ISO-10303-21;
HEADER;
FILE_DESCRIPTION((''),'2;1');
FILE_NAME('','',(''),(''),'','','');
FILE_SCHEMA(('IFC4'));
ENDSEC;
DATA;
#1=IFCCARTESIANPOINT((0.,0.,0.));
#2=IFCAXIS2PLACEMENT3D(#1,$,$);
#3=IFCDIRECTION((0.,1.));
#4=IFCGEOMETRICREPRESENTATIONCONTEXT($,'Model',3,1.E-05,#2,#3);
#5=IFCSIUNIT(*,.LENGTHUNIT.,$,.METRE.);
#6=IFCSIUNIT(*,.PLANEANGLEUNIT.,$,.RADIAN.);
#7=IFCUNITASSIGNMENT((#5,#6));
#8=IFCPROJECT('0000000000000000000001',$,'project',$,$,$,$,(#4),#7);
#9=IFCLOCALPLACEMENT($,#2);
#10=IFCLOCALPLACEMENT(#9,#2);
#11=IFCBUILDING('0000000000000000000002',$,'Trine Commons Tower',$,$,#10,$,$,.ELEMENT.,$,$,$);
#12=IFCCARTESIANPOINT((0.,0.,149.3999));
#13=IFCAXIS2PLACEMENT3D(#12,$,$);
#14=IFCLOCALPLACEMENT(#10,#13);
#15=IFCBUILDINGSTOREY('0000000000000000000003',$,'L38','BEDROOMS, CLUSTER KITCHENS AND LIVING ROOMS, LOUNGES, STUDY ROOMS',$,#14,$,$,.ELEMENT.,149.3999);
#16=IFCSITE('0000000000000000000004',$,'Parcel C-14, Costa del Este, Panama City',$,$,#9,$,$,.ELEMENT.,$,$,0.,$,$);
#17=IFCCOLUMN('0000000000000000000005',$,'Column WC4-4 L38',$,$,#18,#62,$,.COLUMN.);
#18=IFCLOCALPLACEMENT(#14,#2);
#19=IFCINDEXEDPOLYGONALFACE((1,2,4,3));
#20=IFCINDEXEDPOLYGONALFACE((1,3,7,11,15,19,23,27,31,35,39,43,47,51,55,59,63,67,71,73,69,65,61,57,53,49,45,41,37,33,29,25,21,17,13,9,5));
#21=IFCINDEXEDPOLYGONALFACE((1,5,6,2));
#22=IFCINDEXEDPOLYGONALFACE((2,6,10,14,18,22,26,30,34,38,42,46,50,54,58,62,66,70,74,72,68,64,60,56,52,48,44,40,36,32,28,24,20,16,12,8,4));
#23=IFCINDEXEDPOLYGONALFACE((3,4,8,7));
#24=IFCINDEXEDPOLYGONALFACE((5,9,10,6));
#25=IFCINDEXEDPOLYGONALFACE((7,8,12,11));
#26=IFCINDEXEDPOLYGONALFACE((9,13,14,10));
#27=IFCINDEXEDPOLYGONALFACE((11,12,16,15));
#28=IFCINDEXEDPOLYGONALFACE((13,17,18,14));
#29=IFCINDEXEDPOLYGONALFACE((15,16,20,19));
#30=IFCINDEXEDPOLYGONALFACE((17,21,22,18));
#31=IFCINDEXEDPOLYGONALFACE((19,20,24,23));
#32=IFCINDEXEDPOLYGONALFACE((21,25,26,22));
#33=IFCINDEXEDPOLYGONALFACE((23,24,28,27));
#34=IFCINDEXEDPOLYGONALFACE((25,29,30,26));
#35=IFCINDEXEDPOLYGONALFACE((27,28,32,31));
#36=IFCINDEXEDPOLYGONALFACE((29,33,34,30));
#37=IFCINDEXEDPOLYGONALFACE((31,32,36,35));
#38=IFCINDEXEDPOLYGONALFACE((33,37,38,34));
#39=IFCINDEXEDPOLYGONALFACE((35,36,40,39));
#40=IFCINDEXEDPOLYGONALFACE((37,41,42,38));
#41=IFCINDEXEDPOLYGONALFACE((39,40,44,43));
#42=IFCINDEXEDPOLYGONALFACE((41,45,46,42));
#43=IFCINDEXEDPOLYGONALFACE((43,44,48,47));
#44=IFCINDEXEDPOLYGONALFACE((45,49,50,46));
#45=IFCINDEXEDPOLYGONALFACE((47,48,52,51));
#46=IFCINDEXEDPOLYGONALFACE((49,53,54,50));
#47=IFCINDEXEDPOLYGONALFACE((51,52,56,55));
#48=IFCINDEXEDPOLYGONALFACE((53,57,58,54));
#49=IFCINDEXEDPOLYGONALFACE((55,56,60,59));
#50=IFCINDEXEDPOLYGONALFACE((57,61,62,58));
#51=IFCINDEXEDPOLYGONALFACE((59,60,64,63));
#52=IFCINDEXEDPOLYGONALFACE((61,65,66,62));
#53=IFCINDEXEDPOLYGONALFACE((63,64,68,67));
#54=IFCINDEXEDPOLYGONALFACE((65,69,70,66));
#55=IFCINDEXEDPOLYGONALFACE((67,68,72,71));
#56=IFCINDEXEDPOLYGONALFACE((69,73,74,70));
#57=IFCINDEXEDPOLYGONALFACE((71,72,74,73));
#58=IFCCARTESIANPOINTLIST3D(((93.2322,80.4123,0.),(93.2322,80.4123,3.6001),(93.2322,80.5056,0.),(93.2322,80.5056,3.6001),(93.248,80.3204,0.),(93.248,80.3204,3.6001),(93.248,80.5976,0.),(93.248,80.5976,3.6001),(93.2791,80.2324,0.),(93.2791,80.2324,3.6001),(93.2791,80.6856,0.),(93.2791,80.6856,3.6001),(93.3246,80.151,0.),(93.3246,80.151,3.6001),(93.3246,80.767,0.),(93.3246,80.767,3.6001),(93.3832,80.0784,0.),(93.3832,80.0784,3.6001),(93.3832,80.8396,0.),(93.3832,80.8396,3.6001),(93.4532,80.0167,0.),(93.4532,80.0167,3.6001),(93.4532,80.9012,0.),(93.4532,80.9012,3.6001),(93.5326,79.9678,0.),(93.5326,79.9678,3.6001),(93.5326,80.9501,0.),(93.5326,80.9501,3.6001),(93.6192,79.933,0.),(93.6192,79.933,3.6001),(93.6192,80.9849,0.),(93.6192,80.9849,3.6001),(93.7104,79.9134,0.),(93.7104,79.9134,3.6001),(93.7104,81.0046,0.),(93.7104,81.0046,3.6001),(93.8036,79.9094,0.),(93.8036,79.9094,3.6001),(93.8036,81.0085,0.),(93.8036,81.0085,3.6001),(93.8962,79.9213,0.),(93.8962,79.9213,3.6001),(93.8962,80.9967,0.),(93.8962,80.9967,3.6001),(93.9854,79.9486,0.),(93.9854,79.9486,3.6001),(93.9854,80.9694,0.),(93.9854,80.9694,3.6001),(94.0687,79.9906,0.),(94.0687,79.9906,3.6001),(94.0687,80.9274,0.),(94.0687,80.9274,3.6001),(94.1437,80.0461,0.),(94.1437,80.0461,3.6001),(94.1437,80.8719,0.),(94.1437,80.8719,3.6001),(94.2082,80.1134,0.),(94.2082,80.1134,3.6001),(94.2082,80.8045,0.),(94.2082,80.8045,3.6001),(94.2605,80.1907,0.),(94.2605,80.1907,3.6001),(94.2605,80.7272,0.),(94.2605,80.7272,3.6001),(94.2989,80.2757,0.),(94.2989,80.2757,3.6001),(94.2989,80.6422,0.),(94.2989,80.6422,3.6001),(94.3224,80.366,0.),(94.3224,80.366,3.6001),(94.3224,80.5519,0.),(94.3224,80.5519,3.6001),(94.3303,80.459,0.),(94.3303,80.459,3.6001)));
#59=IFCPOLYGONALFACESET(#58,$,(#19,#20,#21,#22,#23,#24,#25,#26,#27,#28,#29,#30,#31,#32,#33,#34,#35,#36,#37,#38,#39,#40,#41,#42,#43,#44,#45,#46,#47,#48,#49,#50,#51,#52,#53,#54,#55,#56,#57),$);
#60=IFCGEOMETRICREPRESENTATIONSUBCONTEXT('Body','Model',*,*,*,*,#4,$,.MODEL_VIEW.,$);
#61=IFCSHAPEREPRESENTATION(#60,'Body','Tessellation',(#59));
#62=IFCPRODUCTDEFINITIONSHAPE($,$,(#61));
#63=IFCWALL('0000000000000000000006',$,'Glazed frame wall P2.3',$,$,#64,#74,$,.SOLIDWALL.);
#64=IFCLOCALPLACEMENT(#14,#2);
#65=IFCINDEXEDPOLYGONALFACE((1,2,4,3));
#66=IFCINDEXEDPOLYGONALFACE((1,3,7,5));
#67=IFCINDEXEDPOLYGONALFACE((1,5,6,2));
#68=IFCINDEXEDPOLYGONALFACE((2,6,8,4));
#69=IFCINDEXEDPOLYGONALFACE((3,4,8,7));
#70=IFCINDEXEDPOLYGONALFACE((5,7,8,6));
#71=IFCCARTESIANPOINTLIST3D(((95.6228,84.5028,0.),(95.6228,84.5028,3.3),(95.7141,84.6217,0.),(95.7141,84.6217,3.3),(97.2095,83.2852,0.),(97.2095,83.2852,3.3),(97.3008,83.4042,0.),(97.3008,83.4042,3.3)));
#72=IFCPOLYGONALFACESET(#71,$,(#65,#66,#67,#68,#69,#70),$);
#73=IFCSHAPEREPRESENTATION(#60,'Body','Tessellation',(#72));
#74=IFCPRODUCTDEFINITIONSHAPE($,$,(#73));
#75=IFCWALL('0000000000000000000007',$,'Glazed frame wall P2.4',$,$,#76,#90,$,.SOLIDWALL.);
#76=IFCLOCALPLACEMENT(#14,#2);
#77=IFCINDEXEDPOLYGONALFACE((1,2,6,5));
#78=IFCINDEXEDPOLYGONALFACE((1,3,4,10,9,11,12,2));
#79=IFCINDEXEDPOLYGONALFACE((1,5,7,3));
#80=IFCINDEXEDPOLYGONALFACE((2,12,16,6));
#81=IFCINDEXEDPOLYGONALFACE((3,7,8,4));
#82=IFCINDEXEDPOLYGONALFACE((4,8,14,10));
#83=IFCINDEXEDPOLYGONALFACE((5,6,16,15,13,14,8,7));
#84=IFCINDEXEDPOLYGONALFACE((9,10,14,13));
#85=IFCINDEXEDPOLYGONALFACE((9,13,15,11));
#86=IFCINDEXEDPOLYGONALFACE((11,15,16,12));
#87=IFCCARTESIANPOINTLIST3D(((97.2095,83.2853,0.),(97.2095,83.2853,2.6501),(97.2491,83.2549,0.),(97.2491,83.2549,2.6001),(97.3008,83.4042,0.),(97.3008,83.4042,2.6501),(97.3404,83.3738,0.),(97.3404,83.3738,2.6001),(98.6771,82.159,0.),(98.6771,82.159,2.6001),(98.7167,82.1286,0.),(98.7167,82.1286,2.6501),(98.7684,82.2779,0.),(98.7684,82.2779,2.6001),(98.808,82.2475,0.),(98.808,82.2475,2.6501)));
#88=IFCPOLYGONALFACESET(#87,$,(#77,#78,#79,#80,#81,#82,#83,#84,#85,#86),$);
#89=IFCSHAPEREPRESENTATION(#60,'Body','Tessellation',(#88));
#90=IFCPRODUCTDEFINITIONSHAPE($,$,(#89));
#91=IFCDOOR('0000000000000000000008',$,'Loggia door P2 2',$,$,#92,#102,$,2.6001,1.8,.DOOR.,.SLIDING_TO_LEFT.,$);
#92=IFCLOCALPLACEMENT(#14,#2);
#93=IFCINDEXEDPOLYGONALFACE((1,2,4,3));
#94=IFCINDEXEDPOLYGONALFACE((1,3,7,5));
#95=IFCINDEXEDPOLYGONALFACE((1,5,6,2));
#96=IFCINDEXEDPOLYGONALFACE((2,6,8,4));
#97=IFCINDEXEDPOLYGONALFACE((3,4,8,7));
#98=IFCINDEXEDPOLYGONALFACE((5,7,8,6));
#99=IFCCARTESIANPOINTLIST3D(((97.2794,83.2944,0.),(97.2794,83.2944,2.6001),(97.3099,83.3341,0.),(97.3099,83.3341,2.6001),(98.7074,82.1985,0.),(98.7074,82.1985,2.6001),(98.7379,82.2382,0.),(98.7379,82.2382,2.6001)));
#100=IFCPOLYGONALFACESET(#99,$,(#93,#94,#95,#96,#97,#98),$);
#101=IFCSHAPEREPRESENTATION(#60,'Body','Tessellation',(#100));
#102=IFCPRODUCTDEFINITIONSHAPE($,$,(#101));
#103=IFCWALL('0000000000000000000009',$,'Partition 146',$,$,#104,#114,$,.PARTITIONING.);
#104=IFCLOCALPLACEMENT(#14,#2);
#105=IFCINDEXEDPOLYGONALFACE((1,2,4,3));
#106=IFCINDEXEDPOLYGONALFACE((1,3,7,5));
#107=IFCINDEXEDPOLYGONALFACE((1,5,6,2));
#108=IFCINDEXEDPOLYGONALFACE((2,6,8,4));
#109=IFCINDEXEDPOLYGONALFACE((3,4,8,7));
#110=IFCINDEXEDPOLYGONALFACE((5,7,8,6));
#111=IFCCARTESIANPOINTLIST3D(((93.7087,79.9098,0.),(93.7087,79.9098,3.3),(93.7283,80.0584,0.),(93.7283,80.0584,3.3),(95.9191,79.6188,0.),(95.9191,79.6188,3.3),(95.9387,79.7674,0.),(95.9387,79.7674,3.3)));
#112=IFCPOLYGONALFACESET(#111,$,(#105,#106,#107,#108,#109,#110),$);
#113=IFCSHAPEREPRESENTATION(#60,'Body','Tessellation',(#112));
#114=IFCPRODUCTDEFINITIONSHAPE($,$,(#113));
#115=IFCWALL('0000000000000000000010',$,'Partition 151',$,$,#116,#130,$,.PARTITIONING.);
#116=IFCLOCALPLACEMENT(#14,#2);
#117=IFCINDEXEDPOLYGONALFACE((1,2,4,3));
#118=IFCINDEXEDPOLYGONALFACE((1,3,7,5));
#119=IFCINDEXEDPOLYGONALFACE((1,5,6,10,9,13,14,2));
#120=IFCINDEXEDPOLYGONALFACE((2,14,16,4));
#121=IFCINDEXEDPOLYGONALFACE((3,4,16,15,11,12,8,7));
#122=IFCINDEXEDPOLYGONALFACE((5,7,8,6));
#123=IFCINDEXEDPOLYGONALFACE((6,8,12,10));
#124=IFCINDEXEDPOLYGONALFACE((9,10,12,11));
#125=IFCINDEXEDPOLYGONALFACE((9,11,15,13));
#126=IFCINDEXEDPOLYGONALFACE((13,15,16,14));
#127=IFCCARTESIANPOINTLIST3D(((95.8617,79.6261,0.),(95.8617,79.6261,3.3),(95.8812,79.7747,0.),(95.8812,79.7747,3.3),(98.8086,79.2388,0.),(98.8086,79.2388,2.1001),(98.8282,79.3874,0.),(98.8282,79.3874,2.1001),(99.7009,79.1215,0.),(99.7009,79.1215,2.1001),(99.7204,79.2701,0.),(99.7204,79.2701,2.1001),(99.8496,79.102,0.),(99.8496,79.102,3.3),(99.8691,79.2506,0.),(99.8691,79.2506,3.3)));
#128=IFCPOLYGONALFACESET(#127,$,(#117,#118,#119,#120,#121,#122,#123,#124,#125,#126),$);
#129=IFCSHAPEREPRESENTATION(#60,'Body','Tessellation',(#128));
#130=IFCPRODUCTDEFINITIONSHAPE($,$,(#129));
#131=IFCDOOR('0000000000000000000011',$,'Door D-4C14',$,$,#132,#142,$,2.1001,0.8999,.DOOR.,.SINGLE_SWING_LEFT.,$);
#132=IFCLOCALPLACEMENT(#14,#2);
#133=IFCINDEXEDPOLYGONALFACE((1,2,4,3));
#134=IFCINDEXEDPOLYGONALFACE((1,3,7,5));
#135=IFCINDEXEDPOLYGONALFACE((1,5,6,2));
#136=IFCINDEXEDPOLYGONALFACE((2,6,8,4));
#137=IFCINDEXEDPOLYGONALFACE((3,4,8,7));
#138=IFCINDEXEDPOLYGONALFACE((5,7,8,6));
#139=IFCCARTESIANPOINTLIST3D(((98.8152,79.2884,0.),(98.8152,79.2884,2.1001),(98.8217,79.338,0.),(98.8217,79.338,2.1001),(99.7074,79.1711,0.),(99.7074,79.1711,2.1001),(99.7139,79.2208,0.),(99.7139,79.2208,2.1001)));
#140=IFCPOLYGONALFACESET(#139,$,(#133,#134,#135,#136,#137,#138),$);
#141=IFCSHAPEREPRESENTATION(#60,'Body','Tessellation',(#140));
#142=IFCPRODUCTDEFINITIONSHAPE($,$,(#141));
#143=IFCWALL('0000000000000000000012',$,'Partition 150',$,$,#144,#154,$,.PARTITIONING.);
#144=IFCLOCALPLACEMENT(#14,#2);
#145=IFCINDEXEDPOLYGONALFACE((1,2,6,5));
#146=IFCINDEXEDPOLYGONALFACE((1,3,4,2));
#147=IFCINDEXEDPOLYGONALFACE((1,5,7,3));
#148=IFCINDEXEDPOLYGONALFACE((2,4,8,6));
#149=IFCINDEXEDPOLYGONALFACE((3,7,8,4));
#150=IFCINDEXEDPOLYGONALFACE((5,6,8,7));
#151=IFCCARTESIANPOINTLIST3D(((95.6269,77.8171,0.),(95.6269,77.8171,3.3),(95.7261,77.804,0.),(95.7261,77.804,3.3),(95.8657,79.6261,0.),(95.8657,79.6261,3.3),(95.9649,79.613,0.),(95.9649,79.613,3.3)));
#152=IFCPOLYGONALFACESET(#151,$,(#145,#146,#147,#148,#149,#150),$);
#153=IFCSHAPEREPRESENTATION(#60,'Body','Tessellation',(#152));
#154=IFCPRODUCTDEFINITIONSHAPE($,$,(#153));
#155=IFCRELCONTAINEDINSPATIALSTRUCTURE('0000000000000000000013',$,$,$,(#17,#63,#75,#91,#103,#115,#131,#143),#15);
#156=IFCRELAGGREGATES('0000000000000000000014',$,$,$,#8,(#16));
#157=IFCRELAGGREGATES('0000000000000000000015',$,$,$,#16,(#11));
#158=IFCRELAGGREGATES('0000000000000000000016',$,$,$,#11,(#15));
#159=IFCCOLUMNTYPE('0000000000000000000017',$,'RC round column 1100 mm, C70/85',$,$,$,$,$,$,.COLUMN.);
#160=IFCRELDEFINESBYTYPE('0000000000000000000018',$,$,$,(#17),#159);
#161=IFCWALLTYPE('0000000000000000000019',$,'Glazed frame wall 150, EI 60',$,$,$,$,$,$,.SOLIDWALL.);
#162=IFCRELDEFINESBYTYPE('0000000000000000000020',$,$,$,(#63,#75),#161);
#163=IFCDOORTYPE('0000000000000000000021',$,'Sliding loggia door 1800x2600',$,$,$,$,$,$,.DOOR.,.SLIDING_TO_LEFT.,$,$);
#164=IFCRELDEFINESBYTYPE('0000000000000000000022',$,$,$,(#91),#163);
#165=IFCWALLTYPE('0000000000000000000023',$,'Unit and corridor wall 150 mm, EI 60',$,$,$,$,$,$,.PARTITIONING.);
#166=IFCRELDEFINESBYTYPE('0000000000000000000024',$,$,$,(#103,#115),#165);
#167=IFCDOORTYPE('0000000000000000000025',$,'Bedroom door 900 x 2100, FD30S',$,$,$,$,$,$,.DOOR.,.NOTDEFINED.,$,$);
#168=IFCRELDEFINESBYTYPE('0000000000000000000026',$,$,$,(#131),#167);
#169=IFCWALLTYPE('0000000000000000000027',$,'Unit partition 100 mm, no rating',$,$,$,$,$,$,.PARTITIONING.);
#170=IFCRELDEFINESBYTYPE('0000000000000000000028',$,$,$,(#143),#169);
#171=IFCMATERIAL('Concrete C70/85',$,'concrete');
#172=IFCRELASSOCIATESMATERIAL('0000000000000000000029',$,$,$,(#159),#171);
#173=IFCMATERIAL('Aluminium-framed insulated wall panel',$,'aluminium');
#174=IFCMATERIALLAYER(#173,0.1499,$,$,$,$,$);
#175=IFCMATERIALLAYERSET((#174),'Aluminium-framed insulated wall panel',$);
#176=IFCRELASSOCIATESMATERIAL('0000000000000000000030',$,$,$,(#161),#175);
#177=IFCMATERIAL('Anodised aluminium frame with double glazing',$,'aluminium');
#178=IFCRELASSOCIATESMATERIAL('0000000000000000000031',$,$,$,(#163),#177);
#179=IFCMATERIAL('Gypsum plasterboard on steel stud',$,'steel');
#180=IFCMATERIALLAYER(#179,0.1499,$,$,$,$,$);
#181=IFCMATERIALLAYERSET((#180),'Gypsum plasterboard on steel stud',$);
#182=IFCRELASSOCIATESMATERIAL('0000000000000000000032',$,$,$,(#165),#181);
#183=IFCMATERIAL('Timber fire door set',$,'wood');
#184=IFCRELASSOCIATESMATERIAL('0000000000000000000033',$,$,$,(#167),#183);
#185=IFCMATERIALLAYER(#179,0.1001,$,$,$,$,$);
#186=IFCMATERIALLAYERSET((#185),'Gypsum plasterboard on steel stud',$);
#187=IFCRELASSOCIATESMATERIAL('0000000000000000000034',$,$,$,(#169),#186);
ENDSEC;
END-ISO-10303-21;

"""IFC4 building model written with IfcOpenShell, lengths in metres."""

from ifc_helpers import new_model, si_unit, direction, frame, frame_2d, origin, origin_2d, place, context, subcontext, project, spatial, polyline, rectangle, circle, outline, extrude, material, layer, layer_set, material_profile, profile_set, type_object, element, fill, save


model = new_model("IFC4")

# Units and contexts
model_context = context("Model", 3, precision=1e-05, world=origin(), true_north=direction((0.0, 1.0)))
body_context = subcontext(model_context, "Body", "Model", "MODEL_VIEW")
ifc_project = project(units=[si_unit("LENGTHUNIT", "METRE"), si_unit("PLANEANGLEUNIT", "RADIAN")], contexts=[model_context])

# Site, building, storey
site_placement = place(None, origin())
site = spatial("IfcSite", under=ifc_project, at=site_placement, Name="Parcel C-14, Costa del Este, Panama City", CompositionType="ELEMENT", RefElevation=0.0)
building_placement = place(site_placement, origin())
building = spatial("IfcBuilding", under=site, at=building_placement, Name="Trine Commons Tower", CompositionType="ELEMENT")
storey_placement = place(building_placement, frame((0.0, 0.0, 149.3999)))
storey = spatial("IfcBuildingStorey", under=building, at=storey_placement, Name="L38", Description="BEDROOMS, CLUSTER KITCHENS AND LIVING ROOMS, LOUNGES, STUDY ROOMS", CompositionType="ELEMENT", Elevation=149.3999)

# Column
ifc_material_1 = material(Name="Concrete C70/85", Category="concrete")
ifc_material_profile = material_profile(ifc_material_1, circle(Radius=0.55, at=origin_2d()), Name="RC round 1100")
ifc_profile_set = profile_set([ifc_material_profile], Name="Concrete C70/85")
column_type = type_object("IfcColumnType", Name="RC round column 1100 mm, C70/85", PredefinedType="COLUMN", material=ifc_profile_set)
column_placement = place(storey_placement, frame((93.7803, 80.459, 0.0), z_axis=(0.0, 0.0, 1.0), x_axis=(1.0, 0.0, 0.0)))
element("IfcColumn", 1, at=column_placement, inside=storey, type_object=column_type, Name="Column WC4-4 L38", PredefinedType="COLUMN", context=body_context, shape_type="SweptSolid", body=[
    extrude(circle(Radius=0.55, at=origin_2d()), origin(), (0.0, 0.0, 1.0), 3.6001),
])

# Wall
ifc_material_2 = material(Name="Aluminium-framed insulated wall panel", Category="aluminium")
ifc_layer_1 = layer(ifc_material_2, 0.1499)
ifc_layer_set_1 = layer_set([ifc_layer_1], Name="Aluminium-framed insulated wall panel")
wall_type_1 = type_object("IfcWallType", Name="Glazed frame wall 150, EI 60", PredefinedType="SOLIDWALL", material=ifc_layer_set_1)
wall_1_placement = place(storey_placement, frame((95.6685, 84.5623, 0.0), z_axis=(0.0, 0.0, 1.0), x_axis=(0.793345, -0.608772, 0.0)))
element("IfcWall", 2, at=wall_1_placement, inside=storey, type_object=wall_type_1, Name="Glazed frame wall P2.3", PredefinedType="SOLIDWALL", context=body_context, shape_type="SweptSolid", body=[
    extrude(outline(polyline([(0.0, -0.075), (2.0, -0.075), (2.0, 0.075), (0.0, 0.075), (0.0, -0.075)])), origin(), (0.0, 0.0, 1.0), 3.3),
])

# Wall, opening, door
wall_2_placement = place(storey_placement, frame((97.2551, 83.3447, 0.0), z_axis=(0.0, 0.0, 1.0), x_axis=(0.793321, -0.608804, 0.0)))
wall_2 = element("IfcWall", 3, at=wall_2_placement, inside=storey, type_object=wall_type_1, Name="Glazed frame wall P2.4", PredefinedType="SOLIDWALL", context=body_context, shape_type="SweptSolid", body=[
    extrude(outline(polyline([(0.0, -0.075), (1.8999, -0.075), (1.8999, 0.075), (0.0, 0.075), (0.0, -0.075)])), origin(), (0.0, 0.0, 1.0), 2.6501),
])
opening_1_placement = place(wall_2_placement, frame((0.05, 0.0, 0.0)))
opening_1 = element("IfcOpeningElement", 4, at=opening_1_placement, cuts=wall_2, PredefinedType="OPENING", context=body_context, shape_type="SweptSolid", body=[
    extrude(rectangle(XDim=1.8, YDim=2.6001, at=frame_2d((0.8999, 1.3))), frame((0.0, 0.085, 0.0), z_axis=(0.0, -1.0, 0.0), x_axis=(1.0, 0.0, 0.0)), (0.0, 0.0, 1.0), 0.1699),
])
ifc_material_3 = material(Name="Anodised aluminium frame with double glazing", Category="aluminium")
door_type_1 = type_object("IfcDoorType", Name="Sliding loggia door 1800x2600", OperationType="SLIDING_TO_LEFT", PredefinedType="DOOR", material=ifc_material_3)
door_1_placement = place(opening_1_placement, origin())
door_1 = element("IfcDoor", 5, at=door_1_placement, inside=storey, type_object=door_type_1, Name="Loggia door P2 2", OperationType="SLIDING_TO_LEFT", OverallHeight=2.6001, OverallWidth=1.8, PredefinedType="DOOR", context=body_context, shape_type="SweptSolid", body=[
    extrude(rectangle(XDim=1.8, YDim=2.6001, at=frame_2d((0.8999, 1.3))), frame((0.0, 0.0249, 0.0), z_axis=(0.0, -1.0, 0.0), x_axis=(1.0, 0.0, 0.0)), (0.0, 0.0, 1.0), 0.05),
])
fill(opening_1, door_1)

# Wall
ifc_material_4 = material(Name="Gypsum plasterboard on steel stud", Category="steel")
ifc_layer_2 = layer(ifc_material_4, 0.1499)
ifc_layer_set_2 = layer_set([ifc_layer_2], Name="Gypsum plasterboard on steel stud")
wall_type_2 = type_object("IfcWallType", Name="Unit and corridor wall 150 mm, EI 60", PredefinedType="PARTITIONING", material=ifc_layer_set_2)
wall_3_placement = place(storey_placement, frame((93.7185, 79.9841, 0.0), z_axis=(0.0, 0.0, 1.0), x_axis=(0.991445, -0.130528, 0.0)))
element("IfcWall", 6, at=wall_3_placement, inside=storey, type_object=wall_type_2, Name="Partition 146", PredefinedType="PARTITIONING", context=body_context, shape_type="SweptSolid", body=[
    extrude(rectangle(XDim=2.2295, YDim=0.1499, at=frame_2d((1.1147, 0.0))), origin(), (0.0, 0.0, 1.0), 3.3),
])

# Wall, opening, door
wall_4_placement = place(storey_placement, frame((95.8713, 79.7004, 0.0), z_axis=(0.0, 0.0, 1.0), x_axis=(0.991473, -0.130315, 0.0)))
wall_4 = element("IfcWall", 7, at=wall_4_placement, inside=storey, type_object=wall_type_2, Name="Partition 151", PredefinedType="PARTITIONING", context=body_context, shape_type="SweptSolid", body=[
    extrude(rectangle(XDim=4.0222, YDim=0.1499, at=frame_2d((2.0112, 0.0))), origin(), (0.0, 0.0, 1.0), 3.3),
])
opening_2_placement = place(wall_4_placement, frame((2.9724, 0.0, 0.0)))
opening_2 = element("IfcOpeningElement", 8, at=opening_2_placement, cuts=wall_4, PredefinedType="OPENING", context=body_context, shape_type="SweptSolid", body=[
    extrude(rectangle(XDim=0.8999, YDim=2.1001, at=frame_2d((0.45, 1.05))), frame((0.0, 0.085, 0.0), z_axis=(0.0, -1.0, 0.0), x_axis=(1.0, 0.0, 0.0)), (0.0, 0.0, 1.0), 0.1699),
])
ifc_material_5 = material(Name="Timber fire door set", Category="wood")
door_type_2 = type_object("IfcDoorType", Name="Bedroom door 900 x 2100, FD30S", OperationType="NOTDEFINED", PredefinedType="DOOR", material=ifc_material_5)
door_2_placement = place(opening_2_placement, frame((0.8999, 0.0, 0.0), z_axis=(0.0, 0.0, 1.0), x_axis=(-1.0, 0.0, 0.0)))
door_2 = element("IfcDoor", 9, at=door_2_placement, inside=storey, type_object=door_type_2, Name="Door D-4C14", OperationType="SINGLE_SWING_LEFT", OverallHeight=2.1001, OverallWidth=0.8999, PredefinedType="DOOR", context=body_context, shape_type="SweptSolid", body=[
    extrude(rectangle(XDim=0.8999, YDim=2.1001, at=frame_2d((0.45, 1.05))), frame((0.0, 0.0249, 0.0), z_axis=(0.0, -1.0, 0.0), x_axis=(1.0, 0.0, 0.0)), (0.0, 0.0, 1.0), 0.05),
])
fill(opening_2, door_2)

# Wall
ifc_layer_3 = layer(ifc_material_4, 0.1001)
ifc_layer_set_3 = layer_set([ifc_layer_3], Name="Gypsum plasterboard on steel stud")
wall_type_3 = type_object("IfcWallType", Name="Unit partition 100 mm, no rating", PredefinedType="PARTITIONING", material=ifc_layer_set_3)
wall_5_placement = place(storey_placement, frame((95.6765, 77.8105, 0.0), z_axis=(0.0, 0.0, 1.0), x_axis=(0.130849, 0.991402, 0.0)))
element("IfcWall", 10, at=wall_5_placement, inside=storey, type_object=wall_type_3, Name="Partition 150", PredefinedType="PARTITIONING", context=body_context, shape_type="SweptSolid", body=[
    extrude(rectangle(XDim=1.8247, YDim=0.1001, at=frame_2d((0.9124, 0.0))), origin(), (0.0, 0.0, 1.0), 3.3),
])

save(model, "model.ifc")
